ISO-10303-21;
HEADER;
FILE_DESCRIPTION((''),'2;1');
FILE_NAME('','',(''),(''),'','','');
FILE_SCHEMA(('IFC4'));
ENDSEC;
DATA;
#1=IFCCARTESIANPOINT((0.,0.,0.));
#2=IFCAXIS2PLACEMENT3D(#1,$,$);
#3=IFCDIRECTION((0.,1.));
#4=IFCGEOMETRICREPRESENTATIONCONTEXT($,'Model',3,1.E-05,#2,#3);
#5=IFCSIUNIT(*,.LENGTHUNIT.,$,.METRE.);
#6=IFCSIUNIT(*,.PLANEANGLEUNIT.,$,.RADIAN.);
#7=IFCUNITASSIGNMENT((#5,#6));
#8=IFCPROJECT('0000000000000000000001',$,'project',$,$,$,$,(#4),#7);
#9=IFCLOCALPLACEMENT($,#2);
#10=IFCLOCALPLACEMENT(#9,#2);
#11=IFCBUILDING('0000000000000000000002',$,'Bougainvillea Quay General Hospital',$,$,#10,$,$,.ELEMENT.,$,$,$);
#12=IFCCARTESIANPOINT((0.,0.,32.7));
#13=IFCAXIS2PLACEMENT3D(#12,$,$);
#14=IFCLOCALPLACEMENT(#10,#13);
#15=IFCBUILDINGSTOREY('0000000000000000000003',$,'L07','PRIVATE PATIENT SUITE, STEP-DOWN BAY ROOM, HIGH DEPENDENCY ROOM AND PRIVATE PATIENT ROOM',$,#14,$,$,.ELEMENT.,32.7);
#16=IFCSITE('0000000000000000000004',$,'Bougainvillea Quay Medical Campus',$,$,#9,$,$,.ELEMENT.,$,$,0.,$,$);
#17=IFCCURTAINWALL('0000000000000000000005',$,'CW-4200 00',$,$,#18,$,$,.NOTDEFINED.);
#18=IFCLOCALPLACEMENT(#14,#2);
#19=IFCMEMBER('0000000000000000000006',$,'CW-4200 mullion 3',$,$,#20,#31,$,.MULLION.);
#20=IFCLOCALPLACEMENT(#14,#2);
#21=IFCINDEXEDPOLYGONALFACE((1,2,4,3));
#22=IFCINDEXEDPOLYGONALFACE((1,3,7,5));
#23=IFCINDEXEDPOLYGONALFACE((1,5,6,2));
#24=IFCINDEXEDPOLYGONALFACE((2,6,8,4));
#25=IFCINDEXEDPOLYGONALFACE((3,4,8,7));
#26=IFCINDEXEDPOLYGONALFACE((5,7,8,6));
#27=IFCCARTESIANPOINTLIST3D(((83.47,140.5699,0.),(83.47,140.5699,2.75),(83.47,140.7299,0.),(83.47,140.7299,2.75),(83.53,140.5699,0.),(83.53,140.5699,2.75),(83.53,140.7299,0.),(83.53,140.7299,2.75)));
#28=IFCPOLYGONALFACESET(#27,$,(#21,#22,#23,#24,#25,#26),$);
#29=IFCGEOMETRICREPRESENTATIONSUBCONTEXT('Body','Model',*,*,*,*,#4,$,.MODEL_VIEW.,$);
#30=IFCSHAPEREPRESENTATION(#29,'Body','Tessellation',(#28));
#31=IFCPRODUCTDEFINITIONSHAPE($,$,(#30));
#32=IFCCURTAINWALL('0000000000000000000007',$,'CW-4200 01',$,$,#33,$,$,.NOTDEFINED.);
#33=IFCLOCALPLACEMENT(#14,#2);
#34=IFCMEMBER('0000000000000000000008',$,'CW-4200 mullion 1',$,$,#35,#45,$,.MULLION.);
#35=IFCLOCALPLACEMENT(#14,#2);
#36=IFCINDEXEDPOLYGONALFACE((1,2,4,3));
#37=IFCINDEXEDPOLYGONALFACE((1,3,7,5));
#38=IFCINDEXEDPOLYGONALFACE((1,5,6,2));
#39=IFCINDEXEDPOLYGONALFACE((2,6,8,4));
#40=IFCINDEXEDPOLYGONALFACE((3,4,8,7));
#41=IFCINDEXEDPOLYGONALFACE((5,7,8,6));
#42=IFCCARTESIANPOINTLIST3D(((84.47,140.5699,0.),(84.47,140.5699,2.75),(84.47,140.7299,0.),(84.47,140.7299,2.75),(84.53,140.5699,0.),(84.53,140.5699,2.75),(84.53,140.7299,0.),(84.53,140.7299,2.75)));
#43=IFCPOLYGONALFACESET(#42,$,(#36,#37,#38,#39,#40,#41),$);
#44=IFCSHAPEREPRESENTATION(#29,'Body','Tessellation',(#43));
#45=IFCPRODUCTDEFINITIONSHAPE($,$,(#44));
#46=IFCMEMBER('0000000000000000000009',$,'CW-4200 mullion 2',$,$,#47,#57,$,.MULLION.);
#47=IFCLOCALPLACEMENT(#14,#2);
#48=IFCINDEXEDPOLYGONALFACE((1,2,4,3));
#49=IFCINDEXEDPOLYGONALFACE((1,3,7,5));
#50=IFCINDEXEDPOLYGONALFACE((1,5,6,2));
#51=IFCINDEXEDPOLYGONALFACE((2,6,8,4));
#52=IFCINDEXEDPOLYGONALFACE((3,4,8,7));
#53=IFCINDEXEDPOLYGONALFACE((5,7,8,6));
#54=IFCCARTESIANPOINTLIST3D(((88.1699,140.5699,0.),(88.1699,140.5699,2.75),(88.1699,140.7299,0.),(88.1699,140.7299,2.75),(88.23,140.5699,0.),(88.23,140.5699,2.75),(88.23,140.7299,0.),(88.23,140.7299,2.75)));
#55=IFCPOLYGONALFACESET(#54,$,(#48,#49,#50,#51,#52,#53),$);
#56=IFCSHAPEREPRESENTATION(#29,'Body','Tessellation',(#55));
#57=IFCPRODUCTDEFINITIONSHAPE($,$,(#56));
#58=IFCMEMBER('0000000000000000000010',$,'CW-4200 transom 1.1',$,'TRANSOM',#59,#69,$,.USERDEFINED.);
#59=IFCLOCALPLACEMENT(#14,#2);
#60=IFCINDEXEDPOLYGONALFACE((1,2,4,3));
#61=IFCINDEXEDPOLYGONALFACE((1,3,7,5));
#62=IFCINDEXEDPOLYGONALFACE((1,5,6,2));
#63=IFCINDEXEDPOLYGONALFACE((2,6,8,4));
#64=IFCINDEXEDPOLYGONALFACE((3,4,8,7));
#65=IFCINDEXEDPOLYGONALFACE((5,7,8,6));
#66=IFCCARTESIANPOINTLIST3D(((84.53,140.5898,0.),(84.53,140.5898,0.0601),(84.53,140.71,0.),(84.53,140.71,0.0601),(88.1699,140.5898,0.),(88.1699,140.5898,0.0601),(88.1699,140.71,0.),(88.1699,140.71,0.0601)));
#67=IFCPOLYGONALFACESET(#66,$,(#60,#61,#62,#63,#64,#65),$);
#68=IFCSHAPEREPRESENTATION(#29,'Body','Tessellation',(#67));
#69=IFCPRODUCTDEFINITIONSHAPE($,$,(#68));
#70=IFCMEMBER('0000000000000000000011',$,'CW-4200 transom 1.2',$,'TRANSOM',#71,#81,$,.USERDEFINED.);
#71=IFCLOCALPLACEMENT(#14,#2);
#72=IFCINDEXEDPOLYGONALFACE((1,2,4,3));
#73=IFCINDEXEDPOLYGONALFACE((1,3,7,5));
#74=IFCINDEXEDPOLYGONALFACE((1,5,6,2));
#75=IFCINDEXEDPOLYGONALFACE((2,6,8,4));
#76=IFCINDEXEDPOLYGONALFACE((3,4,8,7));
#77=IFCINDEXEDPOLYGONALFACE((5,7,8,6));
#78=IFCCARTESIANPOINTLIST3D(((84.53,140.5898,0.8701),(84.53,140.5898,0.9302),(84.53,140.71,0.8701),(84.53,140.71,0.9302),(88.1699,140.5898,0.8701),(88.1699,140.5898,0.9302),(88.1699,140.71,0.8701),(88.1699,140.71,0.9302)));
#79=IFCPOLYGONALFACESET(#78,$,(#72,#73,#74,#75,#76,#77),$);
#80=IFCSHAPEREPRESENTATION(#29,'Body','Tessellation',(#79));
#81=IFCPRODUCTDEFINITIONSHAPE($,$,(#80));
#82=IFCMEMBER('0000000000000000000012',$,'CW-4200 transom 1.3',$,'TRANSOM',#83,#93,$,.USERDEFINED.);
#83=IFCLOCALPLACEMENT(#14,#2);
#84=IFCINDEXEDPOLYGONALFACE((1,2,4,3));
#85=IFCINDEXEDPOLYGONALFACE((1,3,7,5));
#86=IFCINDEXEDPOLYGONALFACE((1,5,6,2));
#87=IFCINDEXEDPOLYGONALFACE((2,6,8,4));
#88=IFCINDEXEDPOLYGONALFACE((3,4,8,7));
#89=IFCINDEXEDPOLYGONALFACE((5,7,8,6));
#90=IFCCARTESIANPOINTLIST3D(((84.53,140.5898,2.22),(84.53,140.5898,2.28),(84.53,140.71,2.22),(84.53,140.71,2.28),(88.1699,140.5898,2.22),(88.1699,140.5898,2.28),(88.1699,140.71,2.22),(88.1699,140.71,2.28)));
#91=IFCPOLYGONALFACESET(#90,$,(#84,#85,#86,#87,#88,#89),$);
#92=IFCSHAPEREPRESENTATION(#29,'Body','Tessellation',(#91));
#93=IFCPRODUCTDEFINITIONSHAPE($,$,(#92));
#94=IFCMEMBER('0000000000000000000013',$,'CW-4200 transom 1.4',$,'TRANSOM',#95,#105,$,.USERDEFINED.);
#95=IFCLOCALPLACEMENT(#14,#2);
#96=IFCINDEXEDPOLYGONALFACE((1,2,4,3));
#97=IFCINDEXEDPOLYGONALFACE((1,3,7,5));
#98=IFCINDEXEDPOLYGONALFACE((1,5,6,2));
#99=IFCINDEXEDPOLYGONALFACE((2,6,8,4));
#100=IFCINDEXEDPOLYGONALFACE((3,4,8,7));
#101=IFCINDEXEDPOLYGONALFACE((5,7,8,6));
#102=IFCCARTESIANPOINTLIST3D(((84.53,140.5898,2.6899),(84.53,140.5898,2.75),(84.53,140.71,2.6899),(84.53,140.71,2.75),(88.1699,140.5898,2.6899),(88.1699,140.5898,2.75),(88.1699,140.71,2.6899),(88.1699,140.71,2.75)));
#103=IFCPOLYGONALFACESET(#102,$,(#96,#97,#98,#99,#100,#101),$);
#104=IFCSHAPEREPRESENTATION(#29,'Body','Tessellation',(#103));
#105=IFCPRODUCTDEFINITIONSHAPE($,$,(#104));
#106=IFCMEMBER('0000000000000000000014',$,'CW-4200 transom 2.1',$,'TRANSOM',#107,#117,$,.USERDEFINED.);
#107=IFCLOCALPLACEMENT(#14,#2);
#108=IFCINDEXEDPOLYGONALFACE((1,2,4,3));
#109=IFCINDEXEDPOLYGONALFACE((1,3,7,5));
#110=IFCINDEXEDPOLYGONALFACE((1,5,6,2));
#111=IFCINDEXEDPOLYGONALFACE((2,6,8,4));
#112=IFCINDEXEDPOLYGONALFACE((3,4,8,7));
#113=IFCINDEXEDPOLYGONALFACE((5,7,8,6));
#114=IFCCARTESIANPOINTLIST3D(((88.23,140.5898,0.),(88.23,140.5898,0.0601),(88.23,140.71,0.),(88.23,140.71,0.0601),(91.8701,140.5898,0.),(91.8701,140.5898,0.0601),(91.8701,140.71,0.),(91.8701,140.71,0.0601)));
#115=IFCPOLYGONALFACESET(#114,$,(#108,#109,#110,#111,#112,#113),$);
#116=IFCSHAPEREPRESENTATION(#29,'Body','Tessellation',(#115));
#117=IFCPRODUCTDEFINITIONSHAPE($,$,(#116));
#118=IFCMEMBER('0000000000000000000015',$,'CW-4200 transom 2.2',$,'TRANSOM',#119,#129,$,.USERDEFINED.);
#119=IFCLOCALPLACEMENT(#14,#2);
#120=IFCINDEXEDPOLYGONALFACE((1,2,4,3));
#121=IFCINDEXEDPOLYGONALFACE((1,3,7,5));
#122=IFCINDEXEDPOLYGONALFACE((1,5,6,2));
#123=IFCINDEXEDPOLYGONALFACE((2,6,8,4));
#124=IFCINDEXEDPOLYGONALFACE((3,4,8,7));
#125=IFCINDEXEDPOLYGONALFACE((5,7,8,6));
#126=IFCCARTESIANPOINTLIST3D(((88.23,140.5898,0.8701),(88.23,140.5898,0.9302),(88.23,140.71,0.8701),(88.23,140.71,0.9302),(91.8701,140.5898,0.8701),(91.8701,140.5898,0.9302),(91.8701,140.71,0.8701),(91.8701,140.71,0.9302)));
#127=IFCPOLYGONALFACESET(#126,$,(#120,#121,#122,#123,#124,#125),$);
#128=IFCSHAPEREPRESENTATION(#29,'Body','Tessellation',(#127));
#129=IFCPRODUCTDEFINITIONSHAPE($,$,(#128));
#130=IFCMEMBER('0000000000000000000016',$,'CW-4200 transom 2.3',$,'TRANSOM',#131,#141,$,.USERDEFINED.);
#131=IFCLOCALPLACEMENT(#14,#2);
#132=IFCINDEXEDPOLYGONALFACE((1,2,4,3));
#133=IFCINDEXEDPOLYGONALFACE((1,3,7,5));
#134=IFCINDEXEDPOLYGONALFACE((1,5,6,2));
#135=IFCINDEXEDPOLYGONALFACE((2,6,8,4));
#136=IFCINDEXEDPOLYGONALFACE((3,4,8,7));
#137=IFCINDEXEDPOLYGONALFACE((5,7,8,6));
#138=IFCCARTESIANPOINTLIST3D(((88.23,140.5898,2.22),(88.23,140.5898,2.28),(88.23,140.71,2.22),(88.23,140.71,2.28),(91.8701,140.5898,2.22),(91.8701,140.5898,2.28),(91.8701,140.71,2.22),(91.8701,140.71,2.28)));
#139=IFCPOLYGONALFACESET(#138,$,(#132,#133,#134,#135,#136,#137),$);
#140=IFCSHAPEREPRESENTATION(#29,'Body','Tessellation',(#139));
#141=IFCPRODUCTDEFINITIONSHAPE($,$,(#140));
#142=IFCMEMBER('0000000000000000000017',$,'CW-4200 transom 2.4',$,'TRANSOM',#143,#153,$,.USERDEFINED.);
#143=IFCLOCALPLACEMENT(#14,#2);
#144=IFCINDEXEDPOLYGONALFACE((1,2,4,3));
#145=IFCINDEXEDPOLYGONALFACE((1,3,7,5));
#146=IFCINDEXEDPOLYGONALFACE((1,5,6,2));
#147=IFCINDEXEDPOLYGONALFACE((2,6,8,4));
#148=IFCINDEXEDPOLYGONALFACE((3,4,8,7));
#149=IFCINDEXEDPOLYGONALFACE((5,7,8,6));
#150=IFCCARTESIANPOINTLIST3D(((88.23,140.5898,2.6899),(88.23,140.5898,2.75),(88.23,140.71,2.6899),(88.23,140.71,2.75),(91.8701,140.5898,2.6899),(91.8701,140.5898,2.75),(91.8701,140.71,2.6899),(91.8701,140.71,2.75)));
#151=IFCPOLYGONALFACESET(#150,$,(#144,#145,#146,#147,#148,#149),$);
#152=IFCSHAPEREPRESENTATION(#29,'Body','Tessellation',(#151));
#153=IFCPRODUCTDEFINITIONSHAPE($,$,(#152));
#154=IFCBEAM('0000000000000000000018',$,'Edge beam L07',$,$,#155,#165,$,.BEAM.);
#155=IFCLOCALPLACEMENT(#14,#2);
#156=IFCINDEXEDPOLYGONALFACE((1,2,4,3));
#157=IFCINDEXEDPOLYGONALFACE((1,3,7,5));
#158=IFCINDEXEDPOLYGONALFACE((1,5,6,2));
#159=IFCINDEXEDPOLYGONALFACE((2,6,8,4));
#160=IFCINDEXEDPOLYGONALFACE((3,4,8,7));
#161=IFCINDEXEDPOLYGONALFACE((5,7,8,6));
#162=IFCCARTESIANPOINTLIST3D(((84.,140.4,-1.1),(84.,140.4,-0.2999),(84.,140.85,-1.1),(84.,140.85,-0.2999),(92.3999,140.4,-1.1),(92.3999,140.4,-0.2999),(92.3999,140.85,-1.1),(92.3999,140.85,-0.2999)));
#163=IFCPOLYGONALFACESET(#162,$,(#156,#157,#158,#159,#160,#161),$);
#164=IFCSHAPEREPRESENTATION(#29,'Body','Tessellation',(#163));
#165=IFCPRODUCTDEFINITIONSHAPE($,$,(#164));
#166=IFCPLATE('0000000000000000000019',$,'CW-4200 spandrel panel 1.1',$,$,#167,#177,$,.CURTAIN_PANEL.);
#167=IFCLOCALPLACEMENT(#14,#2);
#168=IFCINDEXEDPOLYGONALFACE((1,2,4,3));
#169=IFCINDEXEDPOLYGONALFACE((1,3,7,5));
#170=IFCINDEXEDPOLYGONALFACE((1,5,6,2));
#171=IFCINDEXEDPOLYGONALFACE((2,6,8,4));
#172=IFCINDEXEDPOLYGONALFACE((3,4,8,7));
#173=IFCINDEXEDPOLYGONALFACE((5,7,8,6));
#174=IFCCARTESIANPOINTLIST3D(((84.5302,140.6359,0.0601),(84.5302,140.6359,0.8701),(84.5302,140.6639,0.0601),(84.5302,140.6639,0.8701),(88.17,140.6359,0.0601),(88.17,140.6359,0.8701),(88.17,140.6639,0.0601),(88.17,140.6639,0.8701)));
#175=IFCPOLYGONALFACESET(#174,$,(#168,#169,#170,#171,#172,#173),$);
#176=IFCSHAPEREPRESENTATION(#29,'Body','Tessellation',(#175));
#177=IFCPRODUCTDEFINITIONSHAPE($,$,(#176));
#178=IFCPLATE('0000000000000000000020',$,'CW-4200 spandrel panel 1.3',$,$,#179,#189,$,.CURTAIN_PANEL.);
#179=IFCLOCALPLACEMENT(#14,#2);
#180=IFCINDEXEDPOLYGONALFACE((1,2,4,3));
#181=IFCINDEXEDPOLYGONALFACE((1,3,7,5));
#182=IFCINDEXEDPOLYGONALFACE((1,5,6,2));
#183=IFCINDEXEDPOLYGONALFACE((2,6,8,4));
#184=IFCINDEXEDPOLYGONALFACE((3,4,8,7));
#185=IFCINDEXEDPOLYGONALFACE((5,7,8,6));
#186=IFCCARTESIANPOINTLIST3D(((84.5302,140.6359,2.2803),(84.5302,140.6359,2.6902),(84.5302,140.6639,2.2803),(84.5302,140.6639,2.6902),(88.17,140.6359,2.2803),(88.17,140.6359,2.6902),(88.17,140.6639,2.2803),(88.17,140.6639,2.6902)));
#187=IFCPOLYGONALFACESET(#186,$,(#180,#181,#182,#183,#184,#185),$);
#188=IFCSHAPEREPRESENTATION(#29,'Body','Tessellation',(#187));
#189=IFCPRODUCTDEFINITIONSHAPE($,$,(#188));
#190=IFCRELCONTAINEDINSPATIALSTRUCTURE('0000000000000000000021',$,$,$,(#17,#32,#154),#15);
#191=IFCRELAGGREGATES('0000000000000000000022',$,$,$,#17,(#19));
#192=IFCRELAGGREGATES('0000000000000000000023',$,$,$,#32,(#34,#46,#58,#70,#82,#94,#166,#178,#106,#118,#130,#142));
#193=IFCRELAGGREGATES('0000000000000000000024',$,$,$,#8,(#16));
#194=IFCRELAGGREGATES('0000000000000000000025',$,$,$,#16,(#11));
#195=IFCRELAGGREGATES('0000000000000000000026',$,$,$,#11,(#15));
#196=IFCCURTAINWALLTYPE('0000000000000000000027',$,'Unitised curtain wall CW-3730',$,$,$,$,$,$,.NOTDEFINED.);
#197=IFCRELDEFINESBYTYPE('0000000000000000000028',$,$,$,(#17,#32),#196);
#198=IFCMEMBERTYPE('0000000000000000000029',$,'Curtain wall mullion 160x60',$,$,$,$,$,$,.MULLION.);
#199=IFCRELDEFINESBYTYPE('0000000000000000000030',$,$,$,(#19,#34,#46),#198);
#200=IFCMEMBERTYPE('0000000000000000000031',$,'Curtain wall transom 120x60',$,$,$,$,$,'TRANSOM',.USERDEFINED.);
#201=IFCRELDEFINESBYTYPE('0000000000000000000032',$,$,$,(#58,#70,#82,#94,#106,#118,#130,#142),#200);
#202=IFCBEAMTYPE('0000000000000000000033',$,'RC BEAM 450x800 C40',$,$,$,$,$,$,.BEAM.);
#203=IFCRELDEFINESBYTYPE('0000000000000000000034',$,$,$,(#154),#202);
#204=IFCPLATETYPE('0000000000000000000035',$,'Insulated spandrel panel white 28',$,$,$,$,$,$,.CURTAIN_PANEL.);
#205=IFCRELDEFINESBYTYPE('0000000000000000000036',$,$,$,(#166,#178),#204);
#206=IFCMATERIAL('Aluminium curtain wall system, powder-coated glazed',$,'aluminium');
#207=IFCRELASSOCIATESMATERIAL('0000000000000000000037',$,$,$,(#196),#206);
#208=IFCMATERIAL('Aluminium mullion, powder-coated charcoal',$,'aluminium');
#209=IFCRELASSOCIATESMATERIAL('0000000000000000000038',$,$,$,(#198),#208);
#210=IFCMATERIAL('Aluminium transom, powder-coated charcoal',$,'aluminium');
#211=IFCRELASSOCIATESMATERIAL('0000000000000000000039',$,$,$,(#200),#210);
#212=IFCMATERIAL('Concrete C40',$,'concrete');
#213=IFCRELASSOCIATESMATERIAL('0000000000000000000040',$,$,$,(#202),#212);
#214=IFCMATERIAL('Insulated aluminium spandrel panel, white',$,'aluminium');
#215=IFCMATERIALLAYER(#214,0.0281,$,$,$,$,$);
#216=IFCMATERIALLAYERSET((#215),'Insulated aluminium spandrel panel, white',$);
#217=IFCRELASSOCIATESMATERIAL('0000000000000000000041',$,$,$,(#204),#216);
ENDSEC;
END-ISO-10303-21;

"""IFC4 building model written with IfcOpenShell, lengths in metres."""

from ifc_helpers import new_model, si_unit, direction, frame, origin, origin_2d, place, context, subcontext, project, spatial, rectangle, extrude, material, layer, layer_set, material_profile, profile_set, type_object, element, aggregate, save


model = new_model("IFC4")

# Units and contexts
model_context = context("Model", 3, precision=1e-05, world=origin(), true_north=direction((0.0, 1.0)))
body_context = subcontext(model_context, "Body", "Model", "MODEL_VIEW")
ifc_project = project(units=[si_unit("LENGTHUNIT", "METRE"), si_unit("PLANEANGLEUNIT", "RADIAN")], contexts=[model_context])

# Site, building, storey
site_placement = place(None, origin())
site = spatial("IfcSite", under=ifc_project, at=site_placement, Name="Bougainvillea Quay Medical Campus", CompositionType="ELEMENT", RefElevation=0.0)
building_placement = place(site_placement, origin())
building = spatial("IfcBuilding", under=site, at=building_placement, Name="Bougainvillea Quay General Hospital", CompositionType="ELEMENT")
storey_placement = place(building_placement, frame((0.0, 0.0, 32.7)))
storey = spatial("IfcBuildingStorey", under=building, at=storey_placement, Name="L07", Description="PRIVATE PATIENT SUITE, STEP-DOWN BAY ROOM, HIGH DEPENDENCY ROOM AND PRIVATE PATIENT ROOM", CompositionType="ELEMENT", Elevation=32.7)

# Curtain wall, member
ifc_material_1 = material(Name="Aluminium curtain wall system, powder-coated glazed", Category="aluminium")
curtain_wall_type = type_object("IfcCurtainWallType", Name="Unitised curtain wall CW-3730", PredefinedType="NOTDEFINED", material=ifc_material_1)
curtain_wall_1_placement = place(storey_placement, origin())
curtain_wall_1 = element("IfcCurtainWall", 1, at=curtain_wall_1_placement, inside=storey, type_object=curtain_wall_type, Name="CW-4200 00", PredefinedType="NOTDEFINED")
ifc_material_2 = material(Name="Aluminium mullion, powder-coated charcoal", Category="aluminium")
ifc_material_profile_1 = material_profile(ifc_material_2, rectangle(XDim=0.1599, YDim=0.0601, at=origin_2d()))
ifc_profile_set_1 = profile_set([ifc_material_profile_1], Name="Aluminium mullion, powder-coated charcoal")
member_type_1 = type_object("IfcMemberType", Name="Curtain wall mullion 160x60", PredefinedType="MULLION", material=ifc_profile_set_1)
member_1_placement = place(storey_placement, frame((83.5, 140.6499, 0.0), z_axis=(0.0, 0.0, 1.0), x_axis=(0.0, 1.0, 0.0)))
member_1 = element("IfcMember", 2, at=member_1_placement, type_object=member_type_1, Name="CW-4200 mullion 3", PredefinedType="MULLION", context=body_context, shape_type="SweptSolid", body=[
    extrude(rectangle(XDim=0.1599, YDim=0.0601, at=origin_2d()), origin(), (0.0, 0.0, 1.0), 2.75),
])
aggregate(curtain_wall_1, [member_1])

# Curtain wall, members
curtain_wall_2_placement = place(storey_placement, origin())
curtain_wall_2 = element("IfcCurtainWall", 3, at=curtain_wall_2_placement, inside=storey, type_object=curtain_wall_type, Name="CW-4200 01", PredefinedType="NOTDEFINED")
member_2_placement = place(storey_placement, frame((84.5, 140.6499, 0.0), z_axis=(0.0, 0.0, 1.0), x_axis=(0.0, 1.0, 0.0)))
member_2 = element("IfcMember", 4, at=member_2_placement, type_object=member_type_1, Name="CW-4200 mullion 1", PredefinedType="MULLION", context=body_context, shape_type="SweptSolid", body=[
    extrude(rectangle(XDim=0.1599, YDim=0.0601, at=origin_2d()), origin(), (0.0, 0.0, 1.0), 2.75),
])
member_3_placement = place(storey_placement, frame((88.2, 140.6499, 0.0), z_axis=(0.0, 0.0, 1.0), x_axis=(0.0, 1.0, 0.0)))
member_3 = element("IfcMember", 5, at=member_3_placement, type_object=member_type_1, Name="CW-4200 mullion 2", PredefinedType="MULLION", context=body_context, shape_type="SweptSolid", body=[
    extrude(rectangle(XDim=0.1599, YDim=0.0601, at=origin_2d()), origin(), (0.0, 0.0, 1.0), 2.75),
])
ifc_material_3 = material(Name="Aluminium transom, powder-coated charcoal", Category="aluminium")
ifc_material_profile_2 = material_profile(ifc_material_3, rectangle(XDim=0.1201, YDim=0.0601, at=origin_2d()))
ifc_profile_set_2 = profile_set([ifc_material_profile_2], Name="Aluminium transom, powder-coated charcoal")
member_type_2 = type_object("IfcMemberType", Name="Curtain wall transom 120x60", ElementType="TRANSOM", PredefinedType="USERDEFINED", material=ifc_profile_set_2)
member_4_placement = place(storey_placement, frame((84.53, 140.6499, 0.03), z_axis=(1.0, 0.0, 0.0), x_axis=(0.0, 1.0, 0.0)))
member_4 = element("IfcMember", 6, at=member_4_placement, type_object=member_type_2, Name="CW-4200 transom 1.1", ObjectType="TRANSOM", PredefinedType="USERDEFINED", context=body_context, shape_type="SweptSolid", body=[
    extrude(rectangle(XDim=0.1201, YDim=0.0601, at=origin_2d()), origin(), (0.0, 0.0, 1.0), 3.6399),
])
member_5_placement = place(storey_placement, frame((84.53, 140.6499, 0.9001), z_axis=(1.0, 0.0, 0.0), x_axis=(0.0, 1.0, 0.0)))
member_5 = element("IfcMember", 7, at=member_5_placement, type_object=member_type_2, Name="CW-4200 transom 1.2", ObjectType="TRANSOM", PredefinedType="USERDEFINED", context=body_context, shape_type="SweptSolid", body=[
    extrude(rectangle(XDim=0.1201, YDim=0.0601, at=origin_2d()), origin(), (0.0, 0.0, 1.0), 3.6399),
])
member_6_placement = place(storey_placement, frame((84.53, 140.6499, 2.25), z_axis=(1.0, 0.0, 0.0), x_axis=(0.0, 1.0, 0.0)))
member_6 = element("IfcMember", 8, at=member_6_placement, type_object=member_type_2, Name="CW-4200 transom 1.3", ObjectType="TRANSOM", PredefinedType="USERDEFINED", context=body_context, shape_type="SweptSolid", body=[
    extrude(rectangle(XDim=0.1201, YDim=0.0601, at=origin_2d()), origin(), (0.0, 0.0, 1.0), 3.6399),
])
member_7_placement = place(storey_placement, frame((84.53, 140.6499, 2.72), z_axis=(1.0, 0.0, 0.0), x_axis=(0.0, 1.0, 0.0)))
member_7 = element("IfcMember", 9, at=member_7_placement, type_object=member_type_2, Name="CW-4200 transom 1.4", ObjectType="TRANSOM", PredefinedType="USERDEFINED", context=body_context, shape_type="SweptSolid", body=[
    extrude(rectangle(XDim=0.1201, YDim=0.0601, at=origin_2d()), origin(), (0.0, 0.0, 1.0), 3.6399),
])
member_8_placement = place(storey_placement, frame((88.23, 140.6499, 0.03), z_axis=(1.0, 0.0, 0.0), x_axis=(0.0, 1.0, 0.0)))
member_8 = element("IfcMember", 10, at=member_8_placement, type_object=member_type_2, Name="CW-4200 transom 2.1", ObjectType="TRANSOM", PredefinedType="USERDEFINED", context=body_context, shape_type="SweptSolid", body=[
    extrude(rectangle(XDim=0.1201, YDim=0.0601, at=origin_2d()), origin(), (0.0, 0.0, 1.0), 3.6401),
])
member_9_placement = place(storey_placement, frame((88.23, 140.6499, 0.9001), z_axis=(1.0, 0.0, 0.0), x_axis=(0.0, 1.0, 0.0)))
member_9 = element("IfcMember", 11, at=member_9_placement, type_object=member_type_2, Name="CW-4200 transom 2.2", ObjectType="TRANSOM", PredefinedType="USERDEFINED", context=body_context, shape_type="SweptSolid", body=[
    extrude(rectangle(XDim=0.1201, YDim=0.0601, at=origin_2d()), origin(), (0.0, 0.0, 1.0), 3.6401),
])
member_10_placement = place(storey_placement, frame((88.23, 140.6499, 2.25), z_axis=(1.0, 0.0, 0.0), x_axis=(0.0, 1.0, 0.0)))
member_10 = element("IfcMember", 12, at=member_10_placement, type_object=member_type_2, Name="CW-4200 transom 2.3", ObjectType="TRANSOM", PredefinedType="USERDEFINED", context=body_context, shape_type="SweptSolid", body=[
    extrude(rectangle(XDim=0.1201, YDim=0.0601, at=origin_2d()), origin(), (0.0, 0.0, 1.0), 3.6401),
])
member_11_placement = place(storey_placement, frame((88.23, 140.6499, 2.72), z_axis=(1.0, 0.0, 0.0), x_axis=(0.0, 1.0, 0.0)))
member_11 = element("IfcMember", 13, at=member_11_placement, type_object=member_type_2, Name="CW-4200 transom 2.4", ObjectType="TRANSOM", PredefinedType="USERDEFINED", context=body_context, shape_type="SweptSolid", body=[
    extrude(rectangle(XDim=0.1201, YDim=0.0601, at=origin_2d()), origin(), (0.0, 0.0, 1.0), 3.6401),
])

# Beam
ifc_material_4 = material(Name="Concrete C40", Category="concrete")
ifc_material_profile_3 = material_profile(ifc_material_4, rectangle(XDim=0.45, YDim=0.8, at=origin_2d()))
ifc_profile_set_3 = profile_set([ifc_material_profile_3], Name="Concrete C40")
beam_type = type_object("IfcBeamType", Name="RC BEAM 450x800 C40", PredefinedType="BEAM", material=ifc_profile_set_3)
beam_placement = place(storey_placement, frame((84.0, 140.625, -0.7), z_axis=(1.0, 0.0, 0.0), x_axis=(0.0, 1.0, 0.0)))
element("IfcBeam", 14, at=beam_placement, inside=storey, type_object=beam_type, Name="Edge beam L07", PredefinedType="BEAM", context=body_context, shape_type="SweptSolid", body=[
    extrude(rectangle(XDim=0.45, YDim=0.8, at=origin_2d()), origin(), (0.0, 0.0, 1.0), 8.3999),
])

# Plates
ifc_material_5 = material(Name="Insulated aluminium spandrel panel, white", Category="aluminium")
ifc_layer_1 = layer(ifc_material_5, 0.0281)
ifc_layer_set_1 = layer_set([ifc_layer_1], Name="Insulated aluminium spandrel panel, white")
plate_type_1 = type_object("IfcPlateType", Name="Insulated spandrel panel white 28", PredefinedType="CURTAIN_PANEL", material=ifc_layer_set_1)
plate_1_placement = place(storey_placement, frame((86.3501, 140.6499, 0.0601), z_axis=(0.0, 0.0, 1.0), x_axis=(1.0, 0.0, 0.0)))
plate_1 = element("IfcPlate", 15, at=plate_1_placement, type_object=plate_type_1, Name="CW-4200 spandrel panel 1.1", PredefinedType="CURTAIN_PANEL", context=body_context, shape_type="SweptSolid", body=[
    extrude(rectangle(XDim=3.6399, YDim=0.0281, at=origin_2d()), origin(), (0.0, 0.0, 1.0), 0.8101),
])
plate_2_placement = place(storey_placement, frame((86.3501, 140.6499, 2.2803), z_axis=(0.0, 0.0, 1.0), x_axis=(1.0, 0.0, 0.0)))
plate_2 = element("IfcPlate", 16, at=plate_2_placement, type_object=plate_type_1, Name="CW-4200 spandrel panel 1.3", PredefinedType="CURTAIN_PANEL", context=body_context, shape_type="SweptSolid", body=[
    extrude(rectangle(XDim=3.6399, YDim=0.0281, at=origin_2d()), origin(), (0.0, 0.0, 1.0), 0.4099),
])
aggregate(curtain_wall_2, [member_2, member_3, member_4, member_5, member_6, member_7, plate_1, plate_2, member_8, member_9, member_10, member_11])

save(model, "model.ifc")
